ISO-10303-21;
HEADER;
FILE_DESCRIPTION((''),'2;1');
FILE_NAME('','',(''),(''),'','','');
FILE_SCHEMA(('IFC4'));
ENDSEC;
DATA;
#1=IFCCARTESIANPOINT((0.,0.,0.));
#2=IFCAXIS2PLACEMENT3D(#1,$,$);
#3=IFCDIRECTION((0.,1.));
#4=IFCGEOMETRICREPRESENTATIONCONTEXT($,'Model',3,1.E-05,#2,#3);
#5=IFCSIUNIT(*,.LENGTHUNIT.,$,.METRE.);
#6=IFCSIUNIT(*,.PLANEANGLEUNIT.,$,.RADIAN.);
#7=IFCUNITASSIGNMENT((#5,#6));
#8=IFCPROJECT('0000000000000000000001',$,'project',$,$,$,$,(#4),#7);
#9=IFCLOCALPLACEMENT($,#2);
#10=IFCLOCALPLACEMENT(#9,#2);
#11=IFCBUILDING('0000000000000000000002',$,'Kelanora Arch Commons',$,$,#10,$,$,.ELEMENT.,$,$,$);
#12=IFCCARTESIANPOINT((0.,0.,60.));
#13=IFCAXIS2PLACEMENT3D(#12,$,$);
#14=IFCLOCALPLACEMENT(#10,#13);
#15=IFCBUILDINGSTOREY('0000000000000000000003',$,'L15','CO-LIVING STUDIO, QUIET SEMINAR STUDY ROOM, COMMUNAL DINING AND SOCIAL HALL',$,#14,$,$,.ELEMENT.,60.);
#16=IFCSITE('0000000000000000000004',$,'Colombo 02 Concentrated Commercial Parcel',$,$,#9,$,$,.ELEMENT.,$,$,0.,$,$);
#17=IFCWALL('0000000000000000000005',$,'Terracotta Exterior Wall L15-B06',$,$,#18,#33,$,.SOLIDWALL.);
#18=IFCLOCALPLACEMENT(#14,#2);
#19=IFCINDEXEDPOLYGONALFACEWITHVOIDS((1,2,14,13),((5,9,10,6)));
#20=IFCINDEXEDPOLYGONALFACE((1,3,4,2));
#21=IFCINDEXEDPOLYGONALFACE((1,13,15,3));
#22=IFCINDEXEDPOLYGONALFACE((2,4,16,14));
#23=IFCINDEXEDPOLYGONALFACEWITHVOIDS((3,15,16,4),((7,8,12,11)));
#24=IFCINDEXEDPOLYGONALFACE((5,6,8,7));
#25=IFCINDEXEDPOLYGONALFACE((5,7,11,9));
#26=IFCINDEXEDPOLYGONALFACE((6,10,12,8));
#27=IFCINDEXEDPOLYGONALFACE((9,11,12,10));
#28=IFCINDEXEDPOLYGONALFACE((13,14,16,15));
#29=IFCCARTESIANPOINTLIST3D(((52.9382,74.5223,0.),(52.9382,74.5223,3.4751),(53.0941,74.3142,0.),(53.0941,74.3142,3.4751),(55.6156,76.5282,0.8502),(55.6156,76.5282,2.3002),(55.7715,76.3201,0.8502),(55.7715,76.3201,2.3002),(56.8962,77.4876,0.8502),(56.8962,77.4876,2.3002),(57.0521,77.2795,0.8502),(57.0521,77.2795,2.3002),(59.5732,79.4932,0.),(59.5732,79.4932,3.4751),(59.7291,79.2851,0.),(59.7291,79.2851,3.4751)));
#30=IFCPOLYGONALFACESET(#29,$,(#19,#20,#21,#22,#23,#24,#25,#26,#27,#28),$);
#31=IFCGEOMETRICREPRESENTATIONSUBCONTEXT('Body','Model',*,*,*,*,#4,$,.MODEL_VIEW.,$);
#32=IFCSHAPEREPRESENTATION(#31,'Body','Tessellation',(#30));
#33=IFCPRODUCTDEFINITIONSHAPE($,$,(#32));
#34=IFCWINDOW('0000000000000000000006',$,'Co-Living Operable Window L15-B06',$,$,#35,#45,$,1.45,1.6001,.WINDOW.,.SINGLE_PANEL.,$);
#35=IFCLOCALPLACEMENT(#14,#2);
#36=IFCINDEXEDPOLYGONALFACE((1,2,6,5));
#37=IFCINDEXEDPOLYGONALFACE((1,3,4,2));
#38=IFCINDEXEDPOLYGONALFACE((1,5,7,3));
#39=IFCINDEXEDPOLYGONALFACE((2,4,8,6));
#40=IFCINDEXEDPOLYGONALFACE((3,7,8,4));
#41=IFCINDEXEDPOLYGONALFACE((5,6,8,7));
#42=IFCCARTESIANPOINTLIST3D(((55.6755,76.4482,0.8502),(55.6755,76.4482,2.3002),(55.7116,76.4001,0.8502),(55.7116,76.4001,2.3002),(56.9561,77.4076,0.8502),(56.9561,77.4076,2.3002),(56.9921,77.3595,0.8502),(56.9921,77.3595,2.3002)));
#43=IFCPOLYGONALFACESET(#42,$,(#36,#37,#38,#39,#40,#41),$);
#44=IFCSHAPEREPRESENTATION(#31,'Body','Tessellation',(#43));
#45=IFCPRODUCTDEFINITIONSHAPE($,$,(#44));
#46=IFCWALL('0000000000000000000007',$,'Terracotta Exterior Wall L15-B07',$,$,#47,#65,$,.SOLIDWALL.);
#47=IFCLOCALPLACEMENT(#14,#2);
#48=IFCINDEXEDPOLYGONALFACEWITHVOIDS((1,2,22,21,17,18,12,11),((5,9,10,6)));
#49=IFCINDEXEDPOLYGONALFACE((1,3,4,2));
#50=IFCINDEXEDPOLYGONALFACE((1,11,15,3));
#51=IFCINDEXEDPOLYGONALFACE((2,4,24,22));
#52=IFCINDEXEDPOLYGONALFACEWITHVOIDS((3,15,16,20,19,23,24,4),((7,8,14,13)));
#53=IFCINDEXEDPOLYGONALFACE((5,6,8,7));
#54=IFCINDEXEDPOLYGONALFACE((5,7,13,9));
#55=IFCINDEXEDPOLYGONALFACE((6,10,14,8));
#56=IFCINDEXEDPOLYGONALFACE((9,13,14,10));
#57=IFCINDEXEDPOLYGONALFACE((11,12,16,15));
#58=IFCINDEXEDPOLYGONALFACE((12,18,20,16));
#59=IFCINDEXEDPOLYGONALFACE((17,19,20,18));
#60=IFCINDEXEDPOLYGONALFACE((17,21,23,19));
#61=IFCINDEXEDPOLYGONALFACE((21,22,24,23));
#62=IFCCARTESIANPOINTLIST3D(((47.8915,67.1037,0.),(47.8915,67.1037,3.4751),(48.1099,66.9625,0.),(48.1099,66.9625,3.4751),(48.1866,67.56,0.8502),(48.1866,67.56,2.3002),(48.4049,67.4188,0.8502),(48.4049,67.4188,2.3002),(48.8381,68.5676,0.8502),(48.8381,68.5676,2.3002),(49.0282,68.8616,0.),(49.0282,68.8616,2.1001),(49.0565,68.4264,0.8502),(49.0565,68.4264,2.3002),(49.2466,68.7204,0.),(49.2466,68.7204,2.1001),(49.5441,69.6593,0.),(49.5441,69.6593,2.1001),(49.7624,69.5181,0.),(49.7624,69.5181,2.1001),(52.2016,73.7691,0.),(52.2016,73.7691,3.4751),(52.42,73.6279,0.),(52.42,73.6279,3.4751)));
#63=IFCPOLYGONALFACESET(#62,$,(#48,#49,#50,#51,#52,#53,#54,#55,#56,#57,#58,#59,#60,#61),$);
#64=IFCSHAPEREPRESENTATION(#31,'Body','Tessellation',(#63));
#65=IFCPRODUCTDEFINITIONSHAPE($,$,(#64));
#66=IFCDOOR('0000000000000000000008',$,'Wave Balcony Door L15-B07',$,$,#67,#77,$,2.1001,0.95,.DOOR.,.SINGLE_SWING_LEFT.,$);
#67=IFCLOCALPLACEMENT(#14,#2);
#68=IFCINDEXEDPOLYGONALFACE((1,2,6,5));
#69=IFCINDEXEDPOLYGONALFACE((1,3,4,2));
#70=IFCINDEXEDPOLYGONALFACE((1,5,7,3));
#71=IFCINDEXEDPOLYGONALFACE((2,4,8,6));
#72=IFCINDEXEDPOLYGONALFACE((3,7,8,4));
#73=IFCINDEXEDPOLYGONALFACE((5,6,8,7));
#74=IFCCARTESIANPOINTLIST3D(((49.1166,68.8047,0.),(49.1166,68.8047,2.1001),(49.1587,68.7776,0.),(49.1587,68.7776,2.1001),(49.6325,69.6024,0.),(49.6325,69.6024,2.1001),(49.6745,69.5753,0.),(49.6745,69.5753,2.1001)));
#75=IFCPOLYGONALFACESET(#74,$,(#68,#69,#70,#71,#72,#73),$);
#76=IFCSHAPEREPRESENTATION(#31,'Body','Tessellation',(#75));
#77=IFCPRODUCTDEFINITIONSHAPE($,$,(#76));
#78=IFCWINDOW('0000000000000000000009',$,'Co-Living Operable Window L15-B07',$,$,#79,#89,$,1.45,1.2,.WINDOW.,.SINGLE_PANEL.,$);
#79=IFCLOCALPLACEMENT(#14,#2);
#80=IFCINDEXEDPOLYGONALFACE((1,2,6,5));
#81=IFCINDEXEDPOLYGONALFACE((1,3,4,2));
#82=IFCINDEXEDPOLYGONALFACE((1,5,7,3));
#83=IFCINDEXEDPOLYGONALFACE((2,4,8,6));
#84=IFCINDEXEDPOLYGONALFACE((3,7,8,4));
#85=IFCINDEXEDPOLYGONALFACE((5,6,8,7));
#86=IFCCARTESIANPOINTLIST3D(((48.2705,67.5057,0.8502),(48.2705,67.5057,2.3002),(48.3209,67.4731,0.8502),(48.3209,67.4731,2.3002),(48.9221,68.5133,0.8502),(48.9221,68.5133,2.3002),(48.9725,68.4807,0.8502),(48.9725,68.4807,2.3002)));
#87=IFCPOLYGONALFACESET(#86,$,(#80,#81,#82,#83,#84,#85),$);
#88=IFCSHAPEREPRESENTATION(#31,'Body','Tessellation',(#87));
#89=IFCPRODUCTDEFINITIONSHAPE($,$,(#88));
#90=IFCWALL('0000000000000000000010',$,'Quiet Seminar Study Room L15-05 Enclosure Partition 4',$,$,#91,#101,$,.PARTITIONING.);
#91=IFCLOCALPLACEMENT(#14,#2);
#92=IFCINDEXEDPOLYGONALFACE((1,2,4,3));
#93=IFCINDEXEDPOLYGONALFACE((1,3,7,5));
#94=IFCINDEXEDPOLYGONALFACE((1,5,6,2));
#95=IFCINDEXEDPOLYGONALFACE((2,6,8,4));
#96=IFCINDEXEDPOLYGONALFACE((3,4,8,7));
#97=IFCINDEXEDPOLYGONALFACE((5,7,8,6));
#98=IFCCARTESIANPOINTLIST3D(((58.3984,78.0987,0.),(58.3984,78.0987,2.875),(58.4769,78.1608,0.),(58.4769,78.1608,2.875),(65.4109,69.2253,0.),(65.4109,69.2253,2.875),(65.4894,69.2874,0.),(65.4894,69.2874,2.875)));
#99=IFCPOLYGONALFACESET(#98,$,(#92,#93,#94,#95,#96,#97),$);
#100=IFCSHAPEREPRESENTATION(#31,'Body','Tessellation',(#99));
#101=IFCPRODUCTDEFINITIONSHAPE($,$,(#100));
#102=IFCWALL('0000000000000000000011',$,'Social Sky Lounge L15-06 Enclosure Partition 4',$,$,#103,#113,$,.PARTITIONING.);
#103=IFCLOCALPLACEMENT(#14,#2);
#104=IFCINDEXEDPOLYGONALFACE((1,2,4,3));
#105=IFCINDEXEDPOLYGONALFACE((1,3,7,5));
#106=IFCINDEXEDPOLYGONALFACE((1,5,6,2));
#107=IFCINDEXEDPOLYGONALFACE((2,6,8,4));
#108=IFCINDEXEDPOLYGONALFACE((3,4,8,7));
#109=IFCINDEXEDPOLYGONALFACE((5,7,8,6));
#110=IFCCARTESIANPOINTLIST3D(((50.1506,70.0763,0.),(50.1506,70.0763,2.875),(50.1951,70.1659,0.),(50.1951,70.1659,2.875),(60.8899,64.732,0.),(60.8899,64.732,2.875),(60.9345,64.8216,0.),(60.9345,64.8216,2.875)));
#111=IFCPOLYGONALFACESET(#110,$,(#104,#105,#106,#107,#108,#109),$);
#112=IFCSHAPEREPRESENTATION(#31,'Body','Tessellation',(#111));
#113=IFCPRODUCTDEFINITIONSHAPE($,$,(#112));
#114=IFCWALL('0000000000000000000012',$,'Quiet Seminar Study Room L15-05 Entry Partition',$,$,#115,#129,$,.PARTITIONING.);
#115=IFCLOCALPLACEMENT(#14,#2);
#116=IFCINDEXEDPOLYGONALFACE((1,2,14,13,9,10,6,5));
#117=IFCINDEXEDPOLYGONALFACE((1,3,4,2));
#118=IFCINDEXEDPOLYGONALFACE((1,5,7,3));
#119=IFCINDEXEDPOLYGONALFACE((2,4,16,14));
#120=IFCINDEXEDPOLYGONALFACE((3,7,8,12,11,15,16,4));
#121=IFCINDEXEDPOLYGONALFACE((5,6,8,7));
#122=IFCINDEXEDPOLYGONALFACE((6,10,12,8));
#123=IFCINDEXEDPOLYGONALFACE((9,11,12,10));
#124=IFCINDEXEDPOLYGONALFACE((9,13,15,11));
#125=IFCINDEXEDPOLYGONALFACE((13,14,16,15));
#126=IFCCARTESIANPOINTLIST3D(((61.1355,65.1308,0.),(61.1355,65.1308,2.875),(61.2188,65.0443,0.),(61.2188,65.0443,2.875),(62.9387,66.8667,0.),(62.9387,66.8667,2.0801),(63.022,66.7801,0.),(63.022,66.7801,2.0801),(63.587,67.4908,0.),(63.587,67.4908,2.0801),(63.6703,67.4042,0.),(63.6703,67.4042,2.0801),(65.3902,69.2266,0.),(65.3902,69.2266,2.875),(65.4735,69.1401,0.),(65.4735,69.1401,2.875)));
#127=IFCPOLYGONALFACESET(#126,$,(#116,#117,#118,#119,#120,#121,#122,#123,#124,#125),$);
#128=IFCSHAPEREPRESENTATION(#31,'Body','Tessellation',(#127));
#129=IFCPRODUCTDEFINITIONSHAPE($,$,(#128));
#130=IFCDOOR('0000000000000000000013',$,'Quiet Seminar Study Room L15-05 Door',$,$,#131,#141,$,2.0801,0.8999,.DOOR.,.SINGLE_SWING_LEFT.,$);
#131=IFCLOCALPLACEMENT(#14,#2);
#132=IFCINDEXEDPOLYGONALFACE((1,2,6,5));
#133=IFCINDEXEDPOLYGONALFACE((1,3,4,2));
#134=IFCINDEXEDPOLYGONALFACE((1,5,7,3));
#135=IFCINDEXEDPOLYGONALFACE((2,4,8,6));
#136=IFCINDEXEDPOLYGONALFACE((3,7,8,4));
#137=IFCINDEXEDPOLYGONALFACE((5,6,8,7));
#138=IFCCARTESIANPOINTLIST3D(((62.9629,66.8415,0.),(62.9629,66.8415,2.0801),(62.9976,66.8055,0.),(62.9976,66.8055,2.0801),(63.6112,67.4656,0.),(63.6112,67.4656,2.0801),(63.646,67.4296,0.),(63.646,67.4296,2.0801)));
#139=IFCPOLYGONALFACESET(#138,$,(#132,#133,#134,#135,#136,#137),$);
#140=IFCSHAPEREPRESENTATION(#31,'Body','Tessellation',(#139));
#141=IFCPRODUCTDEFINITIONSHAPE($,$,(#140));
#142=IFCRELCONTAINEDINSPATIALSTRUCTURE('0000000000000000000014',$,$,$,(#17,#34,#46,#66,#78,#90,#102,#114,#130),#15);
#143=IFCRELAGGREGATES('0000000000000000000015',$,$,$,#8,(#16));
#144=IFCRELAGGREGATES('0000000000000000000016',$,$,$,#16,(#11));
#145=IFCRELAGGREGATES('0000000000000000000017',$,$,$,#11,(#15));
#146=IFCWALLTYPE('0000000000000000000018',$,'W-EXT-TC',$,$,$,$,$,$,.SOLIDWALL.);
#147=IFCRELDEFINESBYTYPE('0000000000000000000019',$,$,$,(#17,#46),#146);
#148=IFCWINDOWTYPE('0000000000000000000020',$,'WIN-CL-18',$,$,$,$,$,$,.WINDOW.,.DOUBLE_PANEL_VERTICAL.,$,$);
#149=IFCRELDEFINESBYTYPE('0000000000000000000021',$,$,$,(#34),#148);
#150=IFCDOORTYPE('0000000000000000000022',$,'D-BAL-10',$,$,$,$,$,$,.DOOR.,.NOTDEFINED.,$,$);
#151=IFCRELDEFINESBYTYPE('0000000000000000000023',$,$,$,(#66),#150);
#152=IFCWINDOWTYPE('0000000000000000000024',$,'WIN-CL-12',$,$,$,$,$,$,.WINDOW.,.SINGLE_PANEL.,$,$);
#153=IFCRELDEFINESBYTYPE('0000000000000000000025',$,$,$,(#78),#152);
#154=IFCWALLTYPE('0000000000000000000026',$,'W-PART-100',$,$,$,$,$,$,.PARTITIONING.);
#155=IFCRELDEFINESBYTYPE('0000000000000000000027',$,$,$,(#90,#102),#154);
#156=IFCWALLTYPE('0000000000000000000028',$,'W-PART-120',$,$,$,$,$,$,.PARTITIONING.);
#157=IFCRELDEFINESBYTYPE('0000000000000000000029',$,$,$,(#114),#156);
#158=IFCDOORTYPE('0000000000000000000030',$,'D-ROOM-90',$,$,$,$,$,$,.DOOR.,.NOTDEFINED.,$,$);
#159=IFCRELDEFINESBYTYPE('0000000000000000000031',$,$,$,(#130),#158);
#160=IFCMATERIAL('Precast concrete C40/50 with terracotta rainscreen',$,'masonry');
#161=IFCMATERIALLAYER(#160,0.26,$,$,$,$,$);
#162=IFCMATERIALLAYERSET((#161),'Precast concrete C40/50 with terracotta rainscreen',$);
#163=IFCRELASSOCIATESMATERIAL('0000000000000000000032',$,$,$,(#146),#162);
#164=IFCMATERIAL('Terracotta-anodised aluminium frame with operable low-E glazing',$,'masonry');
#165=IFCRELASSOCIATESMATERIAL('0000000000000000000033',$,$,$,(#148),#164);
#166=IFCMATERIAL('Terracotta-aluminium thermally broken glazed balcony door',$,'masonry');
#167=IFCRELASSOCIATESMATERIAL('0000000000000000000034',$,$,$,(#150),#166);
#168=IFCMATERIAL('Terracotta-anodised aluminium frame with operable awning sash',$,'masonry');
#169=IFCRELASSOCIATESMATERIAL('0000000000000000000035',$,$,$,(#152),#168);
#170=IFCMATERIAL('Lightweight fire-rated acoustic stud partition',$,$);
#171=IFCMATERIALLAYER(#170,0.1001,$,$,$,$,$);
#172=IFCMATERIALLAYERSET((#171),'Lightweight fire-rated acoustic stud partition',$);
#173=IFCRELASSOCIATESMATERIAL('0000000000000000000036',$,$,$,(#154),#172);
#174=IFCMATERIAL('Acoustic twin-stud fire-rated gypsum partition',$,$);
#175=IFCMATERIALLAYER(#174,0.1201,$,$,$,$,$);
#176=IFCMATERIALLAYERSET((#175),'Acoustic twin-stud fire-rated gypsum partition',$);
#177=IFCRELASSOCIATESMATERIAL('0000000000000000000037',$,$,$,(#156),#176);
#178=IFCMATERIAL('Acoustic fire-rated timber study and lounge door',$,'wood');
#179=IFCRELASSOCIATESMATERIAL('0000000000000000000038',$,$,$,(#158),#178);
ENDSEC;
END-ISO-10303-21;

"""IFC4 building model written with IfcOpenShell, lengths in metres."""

from ifc_helpers import new_model, si_unit, direction, frame, frame_2d, origin, place, context, subcontext, project, spatial, rectangle, extrude, material, layer, layer_set, type_object, element, fill, save


model = new_model("IFC4")

# Units and contexts
model_context = context("Model", 3, precision=1e-05, world=origin(), true_north=direction((0.0, 1.0)))
body_context = subcontext(model_context, "Body", "Model", "MODEL_VIEW")
ifc_project = project(units=[si_unit("LENGTHUNIT", "METRE"), si_unit("PLANEANGLEUNIT", "RADIAN")], contexts=[model_context])

# Site, building, storey
site_placement = place(None, origin())
site = spatial("IfcSite", under=ifc_project, at=site_placement, Name="Colombo 02 Concentrated Commercial Parcel", CompositionType="ELEMENT", RefElevation=0.0)
building_placement = place(site_placement, origin())
building = spatial("IfcBuilding", under=site, at=building_placement, Name="Kelanora Arch Commons", CompositionType="ELEMENT")
storey_placement = place(building_placement, frame((0.0, 0.0, 60.0)))
storey = spatial("IfcBuildingStorey", under=building, at=storey_placement, Name="L15", Description="CO-LIVING STUDIO, QUIET SEMINAR STUDY ROOM, COMMUNAL DINING AND SOCIAL HALL", CompositionType="ELEMENT", Elevation=60.0)

# Wall, opening, window
ifc_material_1 = material(Name="Precast concrete C40/50 with terracotta rainscreen", Category="masonry")
ifc_layer_1 = layer(ifc_material_1, 0.26)
ifc_layer_set_1 = layer_set([ifc_layer_1], Name="Precast concrete C40/50 with terracotta rainscreen")
wall_type_1 = type_object("IfcWallType", Name="W-EXT-TC", PredefinedType="SOLIDWALL", material=ifc_layer_set_1)
wall_1_placement = place(storey_placement, frame((59.6511, 79.3892, 0.0), z_axis=(0.0, 0.0, 1.0), x_axis=(-0.800307, -0.59959, 0.0)))
wall_1 = element("IfcWall", 1, at=wall_1_placement, inside=storey, type_object=wall_type_1, Name="Terracotta Exterior Wall L15-B06", PredefinedType="SOLIDWALL", context=body_context, shape_type="SweptSolid", body=[
    extrude(rectangle(XDim=8.2905, YDim=0.26, at=frame_2d((4.1453, 0.0))), origin(), (0.0, 0.0, 1.0), 3.4751),
])
opening_1_placement = place(wall_1_placement, frame((3.345, 0.0, 0.8501)))
opening_1 = element("IfcOpeningElement", 2, at=opening_1_placement, cuts=wall_1, PredefinedType="OPENING", context=body_context, shape_type="SweptSolid", body=[
    extrude(rectangle(XDim=1.6001, YDim=1.45, at=frame_2d((0.8, 0.7251))), frame((0.0, 0.1401, 0.0), z_axis=(0.0, -1.0, 0.0), x_axis=(1.0, 0.0, 0.0)), (0.0, 0.0, 1.0), 0.28),
])
ifc_material_2 = material(Name="Terracotta-anodised aluminium frame with operable low-E glazing", Category="masonry")
window_type_1 = type_object("IfcWindowType", Name="WIN-CL-18", PartitioningType="DOUBLE_PANEL_VERTICAL", PredefinedType="WINDOW", material=ifc_material_2)
window_1_placement = place(opening_1_placement, origin())
window_1 = element("IfcWindow", 3, at=window_1_placement, inside=storey, type_object=window_type_1, Name="Co-Living Operable Window L15-B06", OverallHeight=1.45, OverallWidth=1.6001, PartitioningType="SINGLE_PANEL", PredefinedType="WINDOW", context=body_context, shape_type="SweptSolid", body=[
    extrude(rectangle(XDim=1.6001, YDim=1.45, at=frame_2d((0.8, 0.7251))), frame((0.0, 0.03, 0.0), z_axis=(0.0, -1.0, 0.0), x_axis=(1.0, 0.0, 0.0)), (0.0, 0.0, 1.0), 0.0601),
])
fill(opening_1, window_1)

# Wall, openings, door, window
wall_2_placement = place(storey_placement, frame((52.3108, 73.6985, 0.0), z_axis=(0.0, 0.0, 1.0), x_axis=(-0.543005, -0.839729, 0.0)))
wall_2 = element("IfcWall", 4, at=wall_2_placement, inside=storey, type_object=wall_type_1, Name="Terracotta Exterior Wall L15-B07", PredefinedType="SOLIDWALL", context=body_context, shape_type="SweptSolid", body=[
    extrude(rectangle(XDim=7.9375, YDim=0.26, at=frame_2d((3.9688, 0.0))), origin(), (0.0, 0.0, 1.0), 3.4751),
])
opening_2_placement = place(wall_2_placement, frame((4.894, 0.0, 0.0)))
opening_2 = element("IfcOpeningElement", 5, at=opening_2_placement, cuts=wall_2, PredefinedType="OPENING", context=body_context, shape_type="SweptSolid", body=[
    extrude(rectangle(XDim=0.95, YDim=2.1001, at=frame_2d((0.4751, 1.05))), frame((0.0, 0.1401, 0.0), z_axis=(0.0, -1.0, 0.0), x_axis=(1.0, 0.0, 0.0)), (0.0, 0.0, 1.0), 0.28),
])
opening_3_placement = place(wall_2_placement, frame((6.1941, 0.0, 0.8501)))
opening_3 = element("IfcOpeningElement", 6, at=opening_3_placement, cuts=wall_2, PredefinedType="OPENING", context=body_context, shape_type="SweptSolid", body=[
    extrude(rectangle(XDim=1.2, YDim=1.45, at=frame_2d((0.6001, 0.7251))), frame((0.0, 0.1401, 0.0), z_axis=(0.0, -1.0, 0.0), x_axis=(1.0, 0.0, 0.0)), (0.0, 0.0, 1.0), 0.28),
])
ifc_material_3 = material(Name="Terracotta-aluminium thermally broken glazed balcony door", Category="masonry")
door_type_1 = type_object("IfcDoorType", Name="D-BAL-10", OperationType="NOTDEFINED", PredefinedType="DOOR", material=ifc_material_3)
door_1_placement = place(opening_2_placement, frame((0.95, 0.0, 0.0), z_axis=(0.0, 0.0, 1.0), x_axis=(-1.0, 0.0, 0.0)))
door_1 = element("IfcDoor", 7, at=door_1_placement, inside=storey, type_object=door_type_1, Name="Wave Balcony Door L15-B07", OperationType="SINGLE_SWING_LEFT", OverallHeight=2.1001, OverallWidth=0.95, PredefinedType="DOOR", context=body_context, shape_type="SweptSolid", body=[
    extrude(rectangle(XDim=0.95, YDim=2.1001, at=frame_2d((0.4751, 1.05))), frame((0.0, 0.0249, 0.0), z_axis=(0.0, -1.0, 0.0), x_axis=(1.0, 0.0, 0.0)), (0.0, 0.0, 1.0), 0.05),
])
fill(opening_2, door_1)
ifc_material_4 = material(Name="Terracotta-anodised aluminium frame with operable awning sash", Category="masonry")
window_type_2 = type_object("IfcWindowType", Name="WIN-CL-12", PartitioningType="SINGLE_PANEL", PredefinedType="WINDOW", material=ifc_material_4)
window_2_placement = place(opening_3_placement, origin())
window_2 = element("IfcWindow", 8, at=window_2_placement, inside=storey, type_object=window_type_2, Name="Co-Living Operable Window L15-B07", OverallHeight=1.45, OverallWidth=1.2, PartitioningType="SINGLE_PANEL", PredefinedType="WINDOW", context=body_context, shape_type="SweptSolid", body=[
    extrude(rectangle(XDim=1.2, YDim=1.45, at=frame_2d((0.6001, 0.7251))), frame((0.0, 0.03, 0.0), z_axis=(0.0, -1.0, 0.0), x_axis=(1.0, 0.0, 0.0)), (0.0, 0.0, 1.0), 0.0601),
])
fill(opening_3, window_2)

# Walls
ifc_material_5 = material(Name="Lightweight fire-rated acoustic stud partition")
ifc_layer_2 = layer(ifc_material_5, 0.1001)
ifc_layer_set_2 = layer_set([ifc_layer_2], Name="Lightweight fire-rated acoustic stud partition")
wall_type_2 = type_object("IfcWallType", Name="W-PART-100", PredefinedType="PARTITIONING", material=ifc_layer_set_2)
wall_3_placement = place(storey_placement, frame((58.4377, 78.1296, 0.0), z_axis=(0.0, 0.0, 1.0), x_axis=(0.620038, -0.784572, 0.0)))
element("IfcWall", 9, at=wall_3_placement, inside=storey, type_object=wall_type_2, Name="Quiet Seminar Study Room L15-05 Enclosure Partition 4", PredefinedType="PARTITIONING", context=body_context, shape_type="SweptSolid", body=[
    extrude(rectangle(XDim=11.3098, YDim=0.1001, at=frame_2d((5.6548, 0.0))), origin(), (0.0, 0.0, 1.0), 2.875),
])
wall_4_placement = place(storey_placement, frame((50.1729, 70.1211, 0.0), z_axis=(0.0, 0.0, 1.0), x_axis=(0.895272, -0.445519, 0.0)))
element("IfcWall", 10, at=wall_4_placement, inside=storey, type_object=wall_type_2, Name="Social Sky Lounge L15-06 Enclosure Partition 4", PredefinedType="PARTITIONING", context=body_context, shape_type="SweptSolid", body=[
    extrude(rectangle(XDim=11.9956, YDim=0.1001, at=frame_2d((5.9978, 0.0))), origin(), (0.0, 0.0, 1.0), 2.875),
])

# Wall, opening, door
ifc_material_6 = material(Name="Acoustic twin-stud fire-rated gypsum partition")
ifc_layer_3 = layer(ifc_material_6, 0.1201)
ifc_layer_set_3 = layer_set([ifc_layer_3], Name="Acoustic twin-stud fire-rated gypsum partition")
wall_type_3 = type_object("IfcWallType", Name="W-PART-120", PredefinedType="PARTITIONING", material=ifc_layer_set_3)
wall_5_placement = place(storey_placement, frame((65.4319, 69.1833, 0.0), z_axis=(0.0, 0.0, 1.0), x_axis=(-0.720435, -0.693523, 0.0)))
wall_5 = element("IfcWall", 11, at=wall_5_placement, inside=storey, type_object=wall_type_3, Name="Quiet Seminar Study Room L15-05 Entry Partition", PredefinedType="PARTITIONING", context=body_context, shape_type="SweptSolid", body=[
    extrude(rectangle(XDim=5.9058, YDim=0.1201, at=frame_2d((2.9529, 0.0))), origin(), (0.0, 0.0, 1.0), 2.875),
])
opening_4_placement = place(wall_5_placement, frame((2.5029, 0.0, 0.0)))
opening_4 = element("IfcOpeningElement", 12, at=opening_4_placement, cuts=wall_5, PredefinedType="OPENING", context=body_context, shape_type="SweptSolid", body=[
    extrude(rectangle(XDim=0.8999, YDim=2.0801, at=frame_2d((0.45, 1.04))), frame((0.0, 0.0701, 0.0), z_axis=(0.0, -1.0, 0.0), x_axis=(1.0, 0.0, 0.0)), (0.0, 0.0, 1.0), 0.1401),
])
ifc_material_7 = material(Name="Acoustic fire-rated timber study and lounge door", Category="wood")
door_type_2 = type_object("IfcDoorType", Name="D-ROOM-90", OperationType="NOTDEFINED", PredefinedType="DOOR", material=ifc_material_7)
door_2_placement = place(opening_4_placement, origin())
door_2 = element("IfcDoor", 13, at=door_2_placement, inside=storey, type_object=door_type_2, Name="Quiet Seminar Study Room L15-05 Door", OperationType="SINGLE_SWING_LEFT", OverallHeight=2.0801, OverallWidth=0.8999, PredefinedType="DOOR", context=body_context, shape_type="SweptSolid", body=[
    extrude(rectangle(XDim=0.8999, YDim=2.0801, at=frame_2d((0.45, 1.04))), frame((0.0, 0.0249, 0.0), z_axis=(0.0, -1.0, 0.0), x_axis=(1.0, 0.0, 0.0)), (0.0, 0.0, 1.0), 0.05),
])
fill(opening_4, door_2)

save(model, "model.ifc")
